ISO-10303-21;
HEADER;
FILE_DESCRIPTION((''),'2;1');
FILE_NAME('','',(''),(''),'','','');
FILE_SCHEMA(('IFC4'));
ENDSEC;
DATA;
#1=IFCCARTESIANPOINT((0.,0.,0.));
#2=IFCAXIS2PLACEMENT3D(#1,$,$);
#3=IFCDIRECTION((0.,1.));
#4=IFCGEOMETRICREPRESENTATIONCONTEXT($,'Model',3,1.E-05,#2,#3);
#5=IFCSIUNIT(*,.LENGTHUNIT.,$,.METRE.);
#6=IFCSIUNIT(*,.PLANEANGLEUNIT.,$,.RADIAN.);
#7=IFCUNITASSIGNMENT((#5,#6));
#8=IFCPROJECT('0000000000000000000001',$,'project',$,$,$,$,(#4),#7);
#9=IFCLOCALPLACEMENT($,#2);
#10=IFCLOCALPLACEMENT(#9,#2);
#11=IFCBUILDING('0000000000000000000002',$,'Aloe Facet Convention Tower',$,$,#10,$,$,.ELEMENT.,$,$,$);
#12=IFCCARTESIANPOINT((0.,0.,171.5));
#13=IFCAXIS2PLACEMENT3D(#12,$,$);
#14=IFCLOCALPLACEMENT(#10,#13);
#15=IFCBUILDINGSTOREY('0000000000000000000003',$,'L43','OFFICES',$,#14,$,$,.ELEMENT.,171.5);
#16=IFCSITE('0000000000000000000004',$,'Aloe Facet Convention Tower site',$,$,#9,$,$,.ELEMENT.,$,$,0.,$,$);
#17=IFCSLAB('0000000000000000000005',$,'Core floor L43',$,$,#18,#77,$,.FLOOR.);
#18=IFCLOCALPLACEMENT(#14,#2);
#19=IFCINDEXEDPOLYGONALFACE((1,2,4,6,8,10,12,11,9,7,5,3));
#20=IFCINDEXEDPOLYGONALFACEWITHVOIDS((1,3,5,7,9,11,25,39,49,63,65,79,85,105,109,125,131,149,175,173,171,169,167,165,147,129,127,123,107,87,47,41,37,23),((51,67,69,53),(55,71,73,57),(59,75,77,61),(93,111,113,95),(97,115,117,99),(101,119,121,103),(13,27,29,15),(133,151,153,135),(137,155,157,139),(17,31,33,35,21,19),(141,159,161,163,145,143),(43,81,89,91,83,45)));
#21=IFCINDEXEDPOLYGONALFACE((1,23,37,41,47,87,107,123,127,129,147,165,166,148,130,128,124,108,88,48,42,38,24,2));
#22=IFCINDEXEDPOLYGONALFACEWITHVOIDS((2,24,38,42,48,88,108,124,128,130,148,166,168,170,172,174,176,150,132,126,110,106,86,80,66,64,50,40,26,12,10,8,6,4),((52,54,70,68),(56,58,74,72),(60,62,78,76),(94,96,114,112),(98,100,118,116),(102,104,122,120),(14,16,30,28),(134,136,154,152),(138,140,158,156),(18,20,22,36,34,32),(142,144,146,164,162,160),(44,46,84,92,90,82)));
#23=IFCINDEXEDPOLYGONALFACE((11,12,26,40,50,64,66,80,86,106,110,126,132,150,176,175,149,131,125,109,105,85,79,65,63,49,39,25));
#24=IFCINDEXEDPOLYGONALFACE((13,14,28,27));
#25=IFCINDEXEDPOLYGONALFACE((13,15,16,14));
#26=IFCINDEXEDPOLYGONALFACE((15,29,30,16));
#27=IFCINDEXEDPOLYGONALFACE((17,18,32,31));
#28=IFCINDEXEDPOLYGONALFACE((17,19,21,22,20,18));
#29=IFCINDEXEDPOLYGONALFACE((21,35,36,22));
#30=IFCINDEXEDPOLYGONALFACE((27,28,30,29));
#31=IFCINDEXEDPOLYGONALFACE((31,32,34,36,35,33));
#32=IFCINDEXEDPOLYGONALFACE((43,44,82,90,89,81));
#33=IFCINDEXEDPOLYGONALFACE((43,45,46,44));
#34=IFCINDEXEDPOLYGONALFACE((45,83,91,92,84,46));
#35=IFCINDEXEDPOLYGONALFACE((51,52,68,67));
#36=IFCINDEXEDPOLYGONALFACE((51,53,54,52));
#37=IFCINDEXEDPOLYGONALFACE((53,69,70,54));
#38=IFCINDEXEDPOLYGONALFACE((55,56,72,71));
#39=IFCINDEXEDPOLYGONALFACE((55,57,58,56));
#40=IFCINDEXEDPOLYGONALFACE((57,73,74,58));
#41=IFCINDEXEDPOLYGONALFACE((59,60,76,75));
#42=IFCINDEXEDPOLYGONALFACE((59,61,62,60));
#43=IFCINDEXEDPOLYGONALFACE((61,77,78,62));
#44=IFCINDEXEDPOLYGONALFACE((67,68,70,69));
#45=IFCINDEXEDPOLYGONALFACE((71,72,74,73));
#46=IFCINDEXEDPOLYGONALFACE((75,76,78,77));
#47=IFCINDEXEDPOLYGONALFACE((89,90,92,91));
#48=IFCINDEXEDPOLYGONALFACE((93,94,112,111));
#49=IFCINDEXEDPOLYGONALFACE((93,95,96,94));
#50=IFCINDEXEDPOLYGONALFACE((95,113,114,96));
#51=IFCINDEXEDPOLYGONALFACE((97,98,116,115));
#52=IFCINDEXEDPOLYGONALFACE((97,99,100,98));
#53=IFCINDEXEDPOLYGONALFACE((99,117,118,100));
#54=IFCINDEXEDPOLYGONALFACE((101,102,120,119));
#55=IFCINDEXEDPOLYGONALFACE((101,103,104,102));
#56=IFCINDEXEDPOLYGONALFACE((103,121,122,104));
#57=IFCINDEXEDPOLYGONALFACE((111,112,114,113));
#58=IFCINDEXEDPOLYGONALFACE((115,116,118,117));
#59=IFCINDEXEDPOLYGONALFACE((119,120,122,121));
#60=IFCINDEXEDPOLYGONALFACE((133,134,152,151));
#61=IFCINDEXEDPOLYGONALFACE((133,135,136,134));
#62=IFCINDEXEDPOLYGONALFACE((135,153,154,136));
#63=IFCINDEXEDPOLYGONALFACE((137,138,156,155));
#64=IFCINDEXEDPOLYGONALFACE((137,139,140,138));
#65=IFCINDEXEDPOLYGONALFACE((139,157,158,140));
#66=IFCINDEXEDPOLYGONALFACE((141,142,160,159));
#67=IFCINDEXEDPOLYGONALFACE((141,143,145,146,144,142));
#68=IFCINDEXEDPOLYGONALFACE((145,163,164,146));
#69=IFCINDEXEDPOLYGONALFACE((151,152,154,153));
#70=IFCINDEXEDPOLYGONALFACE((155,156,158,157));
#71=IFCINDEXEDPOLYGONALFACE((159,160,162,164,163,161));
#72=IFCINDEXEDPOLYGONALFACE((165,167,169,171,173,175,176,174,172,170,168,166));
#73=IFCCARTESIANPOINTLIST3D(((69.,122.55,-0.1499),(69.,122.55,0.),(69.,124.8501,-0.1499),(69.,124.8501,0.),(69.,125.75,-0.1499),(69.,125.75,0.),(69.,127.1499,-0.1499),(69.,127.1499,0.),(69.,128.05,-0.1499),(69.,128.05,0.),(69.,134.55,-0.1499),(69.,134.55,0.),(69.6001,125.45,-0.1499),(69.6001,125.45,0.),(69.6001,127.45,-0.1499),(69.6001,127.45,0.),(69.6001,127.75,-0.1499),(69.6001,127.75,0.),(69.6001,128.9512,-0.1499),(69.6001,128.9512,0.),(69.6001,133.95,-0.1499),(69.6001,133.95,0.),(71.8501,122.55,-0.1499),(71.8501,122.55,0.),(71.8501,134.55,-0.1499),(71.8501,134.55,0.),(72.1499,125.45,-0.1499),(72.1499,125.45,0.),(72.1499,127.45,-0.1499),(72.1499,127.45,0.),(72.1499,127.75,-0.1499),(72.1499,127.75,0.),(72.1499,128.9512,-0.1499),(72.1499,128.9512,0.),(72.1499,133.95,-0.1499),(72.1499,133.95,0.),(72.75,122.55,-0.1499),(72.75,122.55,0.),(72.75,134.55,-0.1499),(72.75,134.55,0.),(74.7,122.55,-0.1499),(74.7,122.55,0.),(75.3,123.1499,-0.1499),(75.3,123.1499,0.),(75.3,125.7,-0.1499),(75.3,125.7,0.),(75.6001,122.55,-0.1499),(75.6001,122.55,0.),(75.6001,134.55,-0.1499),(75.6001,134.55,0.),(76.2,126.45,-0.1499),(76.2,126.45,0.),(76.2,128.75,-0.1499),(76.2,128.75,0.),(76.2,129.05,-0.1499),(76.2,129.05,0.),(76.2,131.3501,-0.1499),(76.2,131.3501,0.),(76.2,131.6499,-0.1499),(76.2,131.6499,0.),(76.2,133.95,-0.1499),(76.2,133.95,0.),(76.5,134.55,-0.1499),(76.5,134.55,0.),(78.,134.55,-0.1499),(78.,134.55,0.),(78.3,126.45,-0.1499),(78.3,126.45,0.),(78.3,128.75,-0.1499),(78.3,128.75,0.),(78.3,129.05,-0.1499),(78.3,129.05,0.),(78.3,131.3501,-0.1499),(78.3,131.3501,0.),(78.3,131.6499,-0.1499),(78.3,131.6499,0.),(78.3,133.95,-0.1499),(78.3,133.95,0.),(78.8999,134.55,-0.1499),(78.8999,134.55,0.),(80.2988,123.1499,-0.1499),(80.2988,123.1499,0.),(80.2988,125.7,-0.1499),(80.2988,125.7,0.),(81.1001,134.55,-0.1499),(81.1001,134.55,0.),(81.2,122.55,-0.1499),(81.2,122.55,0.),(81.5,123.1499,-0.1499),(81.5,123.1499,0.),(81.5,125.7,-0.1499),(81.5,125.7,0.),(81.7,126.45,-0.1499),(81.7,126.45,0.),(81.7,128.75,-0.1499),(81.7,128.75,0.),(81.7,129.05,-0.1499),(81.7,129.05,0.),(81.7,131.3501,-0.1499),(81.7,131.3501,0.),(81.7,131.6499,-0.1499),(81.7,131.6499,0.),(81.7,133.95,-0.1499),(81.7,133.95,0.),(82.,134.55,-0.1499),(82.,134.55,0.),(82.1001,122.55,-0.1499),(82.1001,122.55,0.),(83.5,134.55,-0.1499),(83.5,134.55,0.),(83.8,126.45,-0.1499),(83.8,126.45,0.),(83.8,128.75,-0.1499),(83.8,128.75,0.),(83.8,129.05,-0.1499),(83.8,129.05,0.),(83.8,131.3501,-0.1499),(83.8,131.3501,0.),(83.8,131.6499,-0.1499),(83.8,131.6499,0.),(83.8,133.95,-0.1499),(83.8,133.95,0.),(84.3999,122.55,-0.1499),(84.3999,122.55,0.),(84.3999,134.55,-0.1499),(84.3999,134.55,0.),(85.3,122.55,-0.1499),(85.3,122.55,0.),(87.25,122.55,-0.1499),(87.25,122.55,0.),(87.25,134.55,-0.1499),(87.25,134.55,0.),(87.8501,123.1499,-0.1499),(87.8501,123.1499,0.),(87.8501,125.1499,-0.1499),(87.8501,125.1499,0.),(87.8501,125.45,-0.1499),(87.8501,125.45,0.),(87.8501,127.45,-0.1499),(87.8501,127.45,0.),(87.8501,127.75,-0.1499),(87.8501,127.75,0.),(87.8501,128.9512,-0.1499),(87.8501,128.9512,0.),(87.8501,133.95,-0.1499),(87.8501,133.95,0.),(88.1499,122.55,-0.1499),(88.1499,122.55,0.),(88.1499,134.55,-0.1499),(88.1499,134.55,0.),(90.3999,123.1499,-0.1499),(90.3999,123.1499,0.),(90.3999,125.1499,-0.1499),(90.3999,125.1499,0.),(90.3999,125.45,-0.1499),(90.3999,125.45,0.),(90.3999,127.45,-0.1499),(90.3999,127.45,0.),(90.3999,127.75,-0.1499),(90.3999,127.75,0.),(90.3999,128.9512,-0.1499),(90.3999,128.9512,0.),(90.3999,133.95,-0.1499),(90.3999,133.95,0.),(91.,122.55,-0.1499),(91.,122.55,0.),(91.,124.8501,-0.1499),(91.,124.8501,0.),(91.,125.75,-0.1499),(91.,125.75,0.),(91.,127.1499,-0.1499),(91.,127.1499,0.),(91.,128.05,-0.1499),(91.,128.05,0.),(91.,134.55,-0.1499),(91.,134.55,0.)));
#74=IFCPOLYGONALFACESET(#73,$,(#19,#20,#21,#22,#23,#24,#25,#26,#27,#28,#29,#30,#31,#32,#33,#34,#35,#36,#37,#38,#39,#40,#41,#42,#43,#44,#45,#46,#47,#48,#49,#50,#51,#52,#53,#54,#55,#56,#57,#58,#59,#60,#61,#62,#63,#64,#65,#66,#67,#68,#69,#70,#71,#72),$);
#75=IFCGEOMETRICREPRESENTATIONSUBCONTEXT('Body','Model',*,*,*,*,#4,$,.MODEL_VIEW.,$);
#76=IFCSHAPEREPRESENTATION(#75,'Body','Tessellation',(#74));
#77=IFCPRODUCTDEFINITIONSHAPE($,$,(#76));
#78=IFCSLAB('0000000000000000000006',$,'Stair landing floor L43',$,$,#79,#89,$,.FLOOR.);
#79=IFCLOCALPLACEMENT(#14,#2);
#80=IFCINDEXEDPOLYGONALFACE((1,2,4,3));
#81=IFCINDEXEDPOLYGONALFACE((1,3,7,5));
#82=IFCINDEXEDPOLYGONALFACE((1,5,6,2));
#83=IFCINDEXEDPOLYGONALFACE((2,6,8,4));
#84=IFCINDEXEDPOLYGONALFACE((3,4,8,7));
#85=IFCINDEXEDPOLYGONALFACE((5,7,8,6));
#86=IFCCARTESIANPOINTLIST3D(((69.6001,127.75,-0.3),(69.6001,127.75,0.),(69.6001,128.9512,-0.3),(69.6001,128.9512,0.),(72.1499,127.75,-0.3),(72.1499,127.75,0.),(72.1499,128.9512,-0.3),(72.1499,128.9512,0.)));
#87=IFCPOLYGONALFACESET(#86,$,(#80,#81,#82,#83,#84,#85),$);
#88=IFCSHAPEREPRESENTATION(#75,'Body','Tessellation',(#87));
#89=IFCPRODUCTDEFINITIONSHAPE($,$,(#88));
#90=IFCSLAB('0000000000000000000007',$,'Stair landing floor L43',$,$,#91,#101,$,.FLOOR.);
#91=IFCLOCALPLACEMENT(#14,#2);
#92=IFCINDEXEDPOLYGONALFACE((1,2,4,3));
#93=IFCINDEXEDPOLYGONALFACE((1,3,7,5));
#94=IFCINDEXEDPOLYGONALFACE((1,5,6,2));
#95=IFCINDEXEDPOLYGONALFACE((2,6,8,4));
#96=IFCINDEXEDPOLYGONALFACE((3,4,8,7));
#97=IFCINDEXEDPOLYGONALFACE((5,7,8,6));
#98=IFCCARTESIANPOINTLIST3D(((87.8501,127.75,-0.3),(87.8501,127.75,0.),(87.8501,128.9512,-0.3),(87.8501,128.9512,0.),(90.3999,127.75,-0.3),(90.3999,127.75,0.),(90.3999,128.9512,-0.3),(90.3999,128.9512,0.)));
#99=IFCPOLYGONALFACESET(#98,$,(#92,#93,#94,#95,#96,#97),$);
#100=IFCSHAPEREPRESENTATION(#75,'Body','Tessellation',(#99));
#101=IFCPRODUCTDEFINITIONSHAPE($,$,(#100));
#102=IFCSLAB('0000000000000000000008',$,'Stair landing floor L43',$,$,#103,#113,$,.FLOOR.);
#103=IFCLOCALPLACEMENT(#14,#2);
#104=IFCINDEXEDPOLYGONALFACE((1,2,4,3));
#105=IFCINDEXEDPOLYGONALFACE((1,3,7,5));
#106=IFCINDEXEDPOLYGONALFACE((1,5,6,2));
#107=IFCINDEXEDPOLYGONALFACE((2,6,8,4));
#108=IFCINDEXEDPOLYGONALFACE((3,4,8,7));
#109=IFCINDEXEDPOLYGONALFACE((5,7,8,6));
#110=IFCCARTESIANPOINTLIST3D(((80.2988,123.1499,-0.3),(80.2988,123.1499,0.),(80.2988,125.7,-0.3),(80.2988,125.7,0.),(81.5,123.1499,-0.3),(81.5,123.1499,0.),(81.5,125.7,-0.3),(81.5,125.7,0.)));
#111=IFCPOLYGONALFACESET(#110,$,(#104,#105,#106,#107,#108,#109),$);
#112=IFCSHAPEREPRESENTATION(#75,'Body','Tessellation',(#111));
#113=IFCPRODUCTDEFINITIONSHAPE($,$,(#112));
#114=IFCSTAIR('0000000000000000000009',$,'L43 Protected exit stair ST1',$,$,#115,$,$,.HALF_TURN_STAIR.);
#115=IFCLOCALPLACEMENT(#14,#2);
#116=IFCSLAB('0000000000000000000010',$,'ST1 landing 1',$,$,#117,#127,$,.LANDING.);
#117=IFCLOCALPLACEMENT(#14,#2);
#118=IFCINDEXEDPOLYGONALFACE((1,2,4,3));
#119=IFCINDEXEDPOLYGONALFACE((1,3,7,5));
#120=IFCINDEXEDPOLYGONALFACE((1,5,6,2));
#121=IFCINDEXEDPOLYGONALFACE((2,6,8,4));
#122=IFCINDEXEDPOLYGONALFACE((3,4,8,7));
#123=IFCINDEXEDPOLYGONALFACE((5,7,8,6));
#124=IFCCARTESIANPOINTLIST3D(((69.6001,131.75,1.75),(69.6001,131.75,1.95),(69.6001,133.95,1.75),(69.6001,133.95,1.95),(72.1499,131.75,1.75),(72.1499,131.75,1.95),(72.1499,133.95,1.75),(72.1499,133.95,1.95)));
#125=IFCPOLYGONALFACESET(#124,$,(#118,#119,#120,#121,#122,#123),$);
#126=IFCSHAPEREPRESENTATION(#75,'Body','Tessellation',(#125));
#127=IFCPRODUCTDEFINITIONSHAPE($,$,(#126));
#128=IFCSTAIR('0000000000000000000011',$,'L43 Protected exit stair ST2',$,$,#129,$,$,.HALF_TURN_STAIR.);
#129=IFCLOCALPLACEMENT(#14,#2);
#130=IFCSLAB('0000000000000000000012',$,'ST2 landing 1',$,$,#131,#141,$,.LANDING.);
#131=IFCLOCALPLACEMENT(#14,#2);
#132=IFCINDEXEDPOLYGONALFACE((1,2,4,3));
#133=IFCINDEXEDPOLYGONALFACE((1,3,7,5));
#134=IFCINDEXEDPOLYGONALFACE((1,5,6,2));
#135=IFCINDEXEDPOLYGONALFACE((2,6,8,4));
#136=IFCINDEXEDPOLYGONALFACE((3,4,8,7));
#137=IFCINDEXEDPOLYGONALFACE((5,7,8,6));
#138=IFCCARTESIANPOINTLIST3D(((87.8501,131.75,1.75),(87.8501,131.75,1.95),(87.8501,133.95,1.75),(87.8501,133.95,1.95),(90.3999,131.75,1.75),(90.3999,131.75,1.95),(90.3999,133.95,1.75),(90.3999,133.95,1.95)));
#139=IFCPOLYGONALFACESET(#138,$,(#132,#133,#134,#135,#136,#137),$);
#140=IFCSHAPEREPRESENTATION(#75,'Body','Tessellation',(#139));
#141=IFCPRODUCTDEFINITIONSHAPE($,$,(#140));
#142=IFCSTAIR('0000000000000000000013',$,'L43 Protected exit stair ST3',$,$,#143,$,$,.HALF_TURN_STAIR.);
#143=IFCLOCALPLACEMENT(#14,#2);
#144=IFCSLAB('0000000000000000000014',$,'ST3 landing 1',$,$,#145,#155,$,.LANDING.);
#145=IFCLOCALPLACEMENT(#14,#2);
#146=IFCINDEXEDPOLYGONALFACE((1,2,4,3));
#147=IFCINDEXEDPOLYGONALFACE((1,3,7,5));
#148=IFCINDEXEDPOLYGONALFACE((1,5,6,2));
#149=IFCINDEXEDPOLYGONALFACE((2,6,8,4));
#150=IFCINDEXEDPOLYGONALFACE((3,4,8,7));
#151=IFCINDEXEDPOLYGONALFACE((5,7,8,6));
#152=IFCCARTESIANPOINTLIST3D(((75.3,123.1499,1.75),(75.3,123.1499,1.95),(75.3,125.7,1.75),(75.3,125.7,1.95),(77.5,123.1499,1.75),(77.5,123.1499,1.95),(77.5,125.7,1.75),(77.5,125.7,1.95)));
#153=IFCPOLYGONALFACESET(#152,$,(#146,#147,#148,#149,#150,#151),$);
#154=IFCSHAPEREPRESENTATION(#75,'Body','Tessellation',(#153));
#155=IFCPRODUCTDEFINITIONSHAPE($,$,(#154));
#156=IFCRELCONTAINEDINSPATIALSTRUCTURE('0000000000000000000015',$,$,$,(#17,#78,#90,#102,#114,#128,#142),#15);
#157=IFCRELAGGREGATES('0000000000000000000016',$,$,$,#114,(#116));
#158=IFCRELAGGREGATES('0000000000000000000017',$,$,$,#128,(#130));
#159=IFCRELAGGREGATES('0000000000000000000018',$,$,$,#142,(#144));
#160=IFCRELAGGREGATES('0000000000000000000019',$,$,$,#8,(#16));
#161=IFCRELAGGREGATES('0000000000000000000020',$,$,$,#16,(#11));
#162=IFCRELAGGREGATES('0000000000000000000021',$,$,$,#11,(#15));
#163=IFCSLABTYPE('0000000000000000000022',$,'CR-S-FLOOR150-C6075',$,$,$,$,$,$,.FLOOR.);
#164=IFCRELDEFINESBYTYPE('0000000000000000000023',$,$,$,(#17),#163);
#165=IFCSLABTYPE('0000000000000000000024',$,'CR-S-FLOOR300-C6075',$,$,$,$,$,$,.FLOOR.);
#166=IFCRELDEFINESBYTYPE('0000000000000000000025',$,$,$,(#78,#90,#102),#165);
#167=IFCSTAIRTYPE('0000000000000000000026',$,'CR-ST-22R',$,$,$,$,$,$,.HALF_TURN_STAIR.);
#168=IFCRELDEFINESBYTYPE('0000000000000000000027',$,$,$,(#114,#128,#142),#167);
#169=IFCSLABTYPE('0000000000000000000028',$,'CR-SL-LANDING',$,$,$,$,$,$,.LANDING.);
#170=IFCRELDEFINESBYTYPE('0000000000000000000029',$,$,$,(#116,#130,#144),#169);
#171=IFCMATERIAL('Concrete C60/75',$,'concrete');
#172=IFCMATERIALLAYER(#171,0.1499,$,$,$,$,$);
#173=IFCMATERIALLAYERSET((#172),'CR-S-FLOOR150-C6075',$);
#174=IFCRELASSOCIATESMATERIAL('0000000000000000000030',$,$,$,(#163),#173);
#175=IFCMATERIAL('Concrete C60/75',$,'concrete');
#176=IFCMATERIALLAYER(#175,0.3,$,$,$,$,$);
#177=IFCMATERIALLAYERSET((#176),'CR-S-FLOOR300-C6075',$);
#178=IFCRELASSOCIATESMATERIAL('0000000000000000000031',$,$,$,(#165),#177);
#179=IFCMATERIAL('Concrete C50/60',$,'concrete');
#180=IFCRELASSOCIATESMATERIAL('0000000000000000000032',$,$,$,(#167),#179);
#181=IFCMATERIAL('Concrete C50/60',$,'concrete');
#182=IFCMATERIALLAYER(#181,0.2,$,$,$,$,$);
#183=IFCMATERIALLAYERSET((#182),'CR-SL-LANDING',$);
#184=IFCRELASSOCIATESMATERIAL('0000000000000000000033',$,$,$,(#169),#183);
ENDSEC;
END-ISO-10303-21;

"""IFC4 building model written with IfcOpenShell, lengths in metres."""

from ifc_helpers import new_model, si_unit, direction, frame, origin, place, context, subcontext, project, spatial, polyline, outline, extrude, material, layer, layer_set, type_object, element, aggregate, save


model = new_model("IFC4")

# Units and contexts
model_context = context("Model", 3, precision=1e-05, world=origin(), true_north=direction((0.0, 1.0)))
body_context = subcontext(model_context, "Body", "Model", "MODEL_VIEW")
ifc_project = project(units=[si_unit("LENGTHUNIT", "METRE"), si_unit("PLANEANGLEUNIT", "RADIAN")], contexts=[model_context])

# Site, building, storey
site_placement = place(None, origin())
site = spatial("IfcSite", under=ifc_project, at=site_placement, Name="Aloe Facet Convention Tower site", CompositionType="ELEMENT", RefElevation=0.0)
building_placement = place(site_placement, origin())
building = spatial("IfcBuilding", under=site, at=building_placement, Name="Aloe Facet Convention Tower", CompositionType="ELEMENT")
storey_placement = place(building_placement, frame((0.0, 0.0, 171.5)))
storey = spatial("IfcBuildingStorey", under=building, at=storey_placement, Name="L43", Description="OFFICES", CompositionType="ELEMENT", Elevation=171.5)

# Slabs
ifc_material_1 = material(Name="Concrete C60/75", Category="concrete")
ifc_layer_1 = layer(ifc_material_1, 0.1499)
ifc_layer_set_1 = layer_set([ifc_layer_1], Name="CR-S-FLOOR150-C6075")
slab_type_1 = type_object("IfcSlabType", Name="CR-S-FLOOR150-C6075", PredefinedType="FLOOR", material=ifc_layer_set_1)
slab_1_placement = place(storey_placement, frame((0.0, 0.0, -0.1499)))
element("IfcSlab", 1, at=slab_1_placement, inside=storey, type_object=slab_type_1, Name="Core floor L43", PredefinedType="FLOOR", context=body_context, shape_type="SweptSolid", body=[
    extrude(outline(polyline([(71.8501, 134.55), (72.75, 134.55), (75.6001, 134.55), (76.5, 134.55), (78.0, 134.55), (78.8999, 134.55), (81.1001, 134.55), (82.0, 134.55), (83.5, 134.55), (84.3999, 134.55), (87.25, 134.55), (88.1499, 134.55), (91.0, 134.55), (91.0, 128.05), (91.0, 127.1499), (91.0, 125.75), (91.0, 124.8501), (91.0, 122.55), (88.1499, 122.55), (87.25, 122.55), (85.3, 122.55), (84.3999, 122.55), (82.1001, 122.55), (81.2, 122.55), (75.6001, 122.55), (74.7, 122.55), (72.75, 122.55), (71.8501, 122.55), (69.0, 122.55), (69.0, 124.8501), (69.0, 125.75), (69.0, 127.1499), (69.0, 128.05), (69.0, 134.55), (71.8501, 134.55)]), holes=[polyline([(80.2988, 123.1499), (81.5, 123.1499), (81.5, 125.7), (80.2988, 125.7), (75.3, 125.7), (75.3, 123.1499), (80.2988, 123.1499)]), polyline([(69.6001, 125.45), (72.1499, 125.45), (72.1499, 127.45), (69.6001, 127.45), (69.6001, 125.45)]), polyline([(76.2, 126.45), (78.3, 126.45), (78.3, 128.75), (76.2, 128.75), (76.2, 126.45)]), polyline([(78.3, 129.05), (78.3, 131.3501), (76.2, 131.3501), (76.2, 129.05), (78.3, 129.05)]), polyline([(69.6001, 133.95), (69.6001, 128.9512), (69.6001, 127.75), (72.1499, 127.75), (72.1499, 128.9512), (72.1499, 133.95), (69.6001, 133.95)]), polyline([(76.2, 131.6499), (78.3, 131.6499), (78.3, 133.95), (76.2, 133.95), (76.2, 131.6499)]), polyline([(90.3999, 123.1499), (90.3999, 125.1499), (87.8501, 125.1499), (87.8501, 123.1499), (90.3999, 123.1499)]), polyline([(87.8501, 125.45), (90.3999, 125.45), (90.3999, 127.45), (87.8501, 127.45), (87.8501, 125.45)]), polyline([(81.7, 126.45), (83.8, 126.45), (83.8, 128.75), (81.7, 128.75), (81.7, 126.45)]), polyline([(83.8, 129.05), (83.8, 131.3501), (81.7, 131.3501), (81.7, 129.05), (83.8, 129.05)]), polyline([(87.8501, 133.95), (87.8501, 128.9512), (87.8501, 127.75), (90.3999, 127.75), (90.3999, 128.9512), (90.3999, 133.95), (87.8501, 133.95)]), polyline([(81.7, 131.6499), (83.8, 131.6499), (83.8, 133.95), (81.7, 133.95), (81.7, 131.6499)])]), origin(), (0.0, 0.0, 1.0), 0.1499),
])
ifc_material_2 = material(Name="Concrete C60/75", Category="concrete")
ifc_layer_2 = layer(ifc_material_2, 0.3)
ifc_layer_set_2 = layer_set([ifc_layer_2], Name="CR-S-FLOOR300-C6075")
slab_type_2 = type_object("IfcSlabType", Name="CR-S-FLOOR300-C6075", PredefinedType="FLOOR", material=ifc_layer_set_2)
slab_2_placement = place(storey_placement, frame((0.0, 0.0, -0.3)))
element("IfcSlab", 2, at=slab_2_placement, inside=storey, type_object=slab_type_2, Name="Stair landing floor L43", PredefinedType="FLOOR", context=body_context, shape_type="SweptSolid", body=[
    extrude(outline(polyline([(72.1499, 127.75), (72.1499, 128.9512), (69.6001, 128.9512), (69.6001, 127.75), (72.1499, 127.75)])), origin(), (0.0, 0.0, 1.0), 0.3),
])
slab_3_placement = place(storey_placement, frame((0.0, 0.0, -0.3)))
element("IfcSlab", 3, at=slab_3_placement, inside=storey, type_object=slab_type_2, Name="Stair landing floor L43", PredefinedType="FLOOR", context=body_context, shape_type="SweptSolid", body=[
    extrude(outline(polyline([(90.3999, 127.75), (90.3999, 128.9512), (87.8501, 128.9512), (87.8501, 127.75), (90.3999, 127.75)])), origin(), (0.0, 0.0, 1.0), 0.3),
])
slab_4_placement = place(storey_placement, frame((0.0, 0.0, -0.3)))
element("IfcSlab", 4, at=slab_4_placement, inside=storey, type_object=slab_type_2, Name="Stair landing floor L43", PredefinedType="FLOOR", context=body_context, shape_type="SweptSolid", body=[
    extrude(outline(polyline([(81.5, 125.7), (80.2988, 125.7), (80.2988, 123.1499), (81.5, 123.1499), (81.5, 125.7)])), origin(), (0.0, 0.0, 1.0), 0.3),
])

# Stairs, slabs
ifc_material_3 = material(Name="Concrete C50/60", Category="concrete")
stair_type = type_object("IfcStairType", Name="CR-ST-22R", PredefinedType="HALF_TURN_STAIR", material=ifc_material_3)
stair_1_placement = place(storey_placement, origin())
stair_1 = element("IfcStair", 5, at=stair_1_placement, inside=storey, type_object=stair_type, Name="L43 Protected exit stair ST1", PredefinedType="HALF_TURN_STAIR")
ifc_material_4 = material(Name="Concrete C50/60", Category="concrete")
ifc_layer_3 = layer(ifc_material_4, 0.2)
ifc_layer_set_3 = layer_set([ifc_layer_3], Name="CR-SL-LANDING")
slab_type_3 = type_object("IfcSlabType", Name="CR-SL-LANDING", PredefinedType="LANDING", material=ifc_layer_set_3)
slab_5_placement = place(storey_placement, frame((0.0, 0.0, 1.75)))
slab_5 = element("IfcSlab", 6, at=slab_5_placement, type_object=slab_type_3, Name="ST1 landing 1", PredefinedType="LANDING", context=body_context, shape_type="SweptSolid", body=[
    extrude(outline(polyline([(72.1499, 131.75), (72.1499, 133.95), (69.6001, 133.95), (69.6001, 131.75), (72.1499, 131.75)])), origin(), (0.0, 0.0, 1.0), 0.2),
])
aggregate(stair_1, [slab_5])
stair_2_placement = place(storey_placement, origin())
stair_2 = element("IfcStair", 7, at=stair_2_placement, inside=storey, type_object=stair_type, Name="L43 Protected exit stair ST2", PredefinedType="HALF_TURN_STAIR")
slab_6_placement = place(storey_placement, frame((0.0, 0.0, 1.75)))
slab_6 = element("IfcSlab", 8, at=slab_6_placement, type_object=slab_type_3, Name="ST2 landing 1", PredefinedType="LANDING", context=body_context, shape_type="SweptSolid", body=[
    extrude(outline(polyline([(90.3999, 131.75), (90.3999, 133.95), (87.8501, 133.95), (87.8501, 131.75), (90.3999, 131.75)])), origin(), (0.0, 0.0, 1.0), 0.2),
])
aggregate(stair_2, [slab_6])
stair_3_placement = place(storey_placement, origin())
stair_3 = element("IfcStair", 9, at=stair_3_placement, inside=storey, type_object=stair_type, Name="L43 Protected exit stair ST3", PredefinedType="HALF_TURN_STAIR")
slab_7_placement = place(storey_placement, frame((0.0, 0.0, 1.75)))
slab_7 = element("IfcSlab", 10, at=slab_7_placement, type_object=slab_type_3, Name="ST3 landing 1", PredefinedType="LANDING", context=body_context, shape_type="SweptSolid", body=[
    extrude(outline(polyline([(77.5, 125.7), (75.3, 125.7), (75.3, 123.1499), (77.5, 123.1499), (77.5, 125.7)])), origin(), (0.0, 0.0, 1.0), 0.2),
])
aggregate(stair_3, [slab_7])

save(model, "model.ifc")
